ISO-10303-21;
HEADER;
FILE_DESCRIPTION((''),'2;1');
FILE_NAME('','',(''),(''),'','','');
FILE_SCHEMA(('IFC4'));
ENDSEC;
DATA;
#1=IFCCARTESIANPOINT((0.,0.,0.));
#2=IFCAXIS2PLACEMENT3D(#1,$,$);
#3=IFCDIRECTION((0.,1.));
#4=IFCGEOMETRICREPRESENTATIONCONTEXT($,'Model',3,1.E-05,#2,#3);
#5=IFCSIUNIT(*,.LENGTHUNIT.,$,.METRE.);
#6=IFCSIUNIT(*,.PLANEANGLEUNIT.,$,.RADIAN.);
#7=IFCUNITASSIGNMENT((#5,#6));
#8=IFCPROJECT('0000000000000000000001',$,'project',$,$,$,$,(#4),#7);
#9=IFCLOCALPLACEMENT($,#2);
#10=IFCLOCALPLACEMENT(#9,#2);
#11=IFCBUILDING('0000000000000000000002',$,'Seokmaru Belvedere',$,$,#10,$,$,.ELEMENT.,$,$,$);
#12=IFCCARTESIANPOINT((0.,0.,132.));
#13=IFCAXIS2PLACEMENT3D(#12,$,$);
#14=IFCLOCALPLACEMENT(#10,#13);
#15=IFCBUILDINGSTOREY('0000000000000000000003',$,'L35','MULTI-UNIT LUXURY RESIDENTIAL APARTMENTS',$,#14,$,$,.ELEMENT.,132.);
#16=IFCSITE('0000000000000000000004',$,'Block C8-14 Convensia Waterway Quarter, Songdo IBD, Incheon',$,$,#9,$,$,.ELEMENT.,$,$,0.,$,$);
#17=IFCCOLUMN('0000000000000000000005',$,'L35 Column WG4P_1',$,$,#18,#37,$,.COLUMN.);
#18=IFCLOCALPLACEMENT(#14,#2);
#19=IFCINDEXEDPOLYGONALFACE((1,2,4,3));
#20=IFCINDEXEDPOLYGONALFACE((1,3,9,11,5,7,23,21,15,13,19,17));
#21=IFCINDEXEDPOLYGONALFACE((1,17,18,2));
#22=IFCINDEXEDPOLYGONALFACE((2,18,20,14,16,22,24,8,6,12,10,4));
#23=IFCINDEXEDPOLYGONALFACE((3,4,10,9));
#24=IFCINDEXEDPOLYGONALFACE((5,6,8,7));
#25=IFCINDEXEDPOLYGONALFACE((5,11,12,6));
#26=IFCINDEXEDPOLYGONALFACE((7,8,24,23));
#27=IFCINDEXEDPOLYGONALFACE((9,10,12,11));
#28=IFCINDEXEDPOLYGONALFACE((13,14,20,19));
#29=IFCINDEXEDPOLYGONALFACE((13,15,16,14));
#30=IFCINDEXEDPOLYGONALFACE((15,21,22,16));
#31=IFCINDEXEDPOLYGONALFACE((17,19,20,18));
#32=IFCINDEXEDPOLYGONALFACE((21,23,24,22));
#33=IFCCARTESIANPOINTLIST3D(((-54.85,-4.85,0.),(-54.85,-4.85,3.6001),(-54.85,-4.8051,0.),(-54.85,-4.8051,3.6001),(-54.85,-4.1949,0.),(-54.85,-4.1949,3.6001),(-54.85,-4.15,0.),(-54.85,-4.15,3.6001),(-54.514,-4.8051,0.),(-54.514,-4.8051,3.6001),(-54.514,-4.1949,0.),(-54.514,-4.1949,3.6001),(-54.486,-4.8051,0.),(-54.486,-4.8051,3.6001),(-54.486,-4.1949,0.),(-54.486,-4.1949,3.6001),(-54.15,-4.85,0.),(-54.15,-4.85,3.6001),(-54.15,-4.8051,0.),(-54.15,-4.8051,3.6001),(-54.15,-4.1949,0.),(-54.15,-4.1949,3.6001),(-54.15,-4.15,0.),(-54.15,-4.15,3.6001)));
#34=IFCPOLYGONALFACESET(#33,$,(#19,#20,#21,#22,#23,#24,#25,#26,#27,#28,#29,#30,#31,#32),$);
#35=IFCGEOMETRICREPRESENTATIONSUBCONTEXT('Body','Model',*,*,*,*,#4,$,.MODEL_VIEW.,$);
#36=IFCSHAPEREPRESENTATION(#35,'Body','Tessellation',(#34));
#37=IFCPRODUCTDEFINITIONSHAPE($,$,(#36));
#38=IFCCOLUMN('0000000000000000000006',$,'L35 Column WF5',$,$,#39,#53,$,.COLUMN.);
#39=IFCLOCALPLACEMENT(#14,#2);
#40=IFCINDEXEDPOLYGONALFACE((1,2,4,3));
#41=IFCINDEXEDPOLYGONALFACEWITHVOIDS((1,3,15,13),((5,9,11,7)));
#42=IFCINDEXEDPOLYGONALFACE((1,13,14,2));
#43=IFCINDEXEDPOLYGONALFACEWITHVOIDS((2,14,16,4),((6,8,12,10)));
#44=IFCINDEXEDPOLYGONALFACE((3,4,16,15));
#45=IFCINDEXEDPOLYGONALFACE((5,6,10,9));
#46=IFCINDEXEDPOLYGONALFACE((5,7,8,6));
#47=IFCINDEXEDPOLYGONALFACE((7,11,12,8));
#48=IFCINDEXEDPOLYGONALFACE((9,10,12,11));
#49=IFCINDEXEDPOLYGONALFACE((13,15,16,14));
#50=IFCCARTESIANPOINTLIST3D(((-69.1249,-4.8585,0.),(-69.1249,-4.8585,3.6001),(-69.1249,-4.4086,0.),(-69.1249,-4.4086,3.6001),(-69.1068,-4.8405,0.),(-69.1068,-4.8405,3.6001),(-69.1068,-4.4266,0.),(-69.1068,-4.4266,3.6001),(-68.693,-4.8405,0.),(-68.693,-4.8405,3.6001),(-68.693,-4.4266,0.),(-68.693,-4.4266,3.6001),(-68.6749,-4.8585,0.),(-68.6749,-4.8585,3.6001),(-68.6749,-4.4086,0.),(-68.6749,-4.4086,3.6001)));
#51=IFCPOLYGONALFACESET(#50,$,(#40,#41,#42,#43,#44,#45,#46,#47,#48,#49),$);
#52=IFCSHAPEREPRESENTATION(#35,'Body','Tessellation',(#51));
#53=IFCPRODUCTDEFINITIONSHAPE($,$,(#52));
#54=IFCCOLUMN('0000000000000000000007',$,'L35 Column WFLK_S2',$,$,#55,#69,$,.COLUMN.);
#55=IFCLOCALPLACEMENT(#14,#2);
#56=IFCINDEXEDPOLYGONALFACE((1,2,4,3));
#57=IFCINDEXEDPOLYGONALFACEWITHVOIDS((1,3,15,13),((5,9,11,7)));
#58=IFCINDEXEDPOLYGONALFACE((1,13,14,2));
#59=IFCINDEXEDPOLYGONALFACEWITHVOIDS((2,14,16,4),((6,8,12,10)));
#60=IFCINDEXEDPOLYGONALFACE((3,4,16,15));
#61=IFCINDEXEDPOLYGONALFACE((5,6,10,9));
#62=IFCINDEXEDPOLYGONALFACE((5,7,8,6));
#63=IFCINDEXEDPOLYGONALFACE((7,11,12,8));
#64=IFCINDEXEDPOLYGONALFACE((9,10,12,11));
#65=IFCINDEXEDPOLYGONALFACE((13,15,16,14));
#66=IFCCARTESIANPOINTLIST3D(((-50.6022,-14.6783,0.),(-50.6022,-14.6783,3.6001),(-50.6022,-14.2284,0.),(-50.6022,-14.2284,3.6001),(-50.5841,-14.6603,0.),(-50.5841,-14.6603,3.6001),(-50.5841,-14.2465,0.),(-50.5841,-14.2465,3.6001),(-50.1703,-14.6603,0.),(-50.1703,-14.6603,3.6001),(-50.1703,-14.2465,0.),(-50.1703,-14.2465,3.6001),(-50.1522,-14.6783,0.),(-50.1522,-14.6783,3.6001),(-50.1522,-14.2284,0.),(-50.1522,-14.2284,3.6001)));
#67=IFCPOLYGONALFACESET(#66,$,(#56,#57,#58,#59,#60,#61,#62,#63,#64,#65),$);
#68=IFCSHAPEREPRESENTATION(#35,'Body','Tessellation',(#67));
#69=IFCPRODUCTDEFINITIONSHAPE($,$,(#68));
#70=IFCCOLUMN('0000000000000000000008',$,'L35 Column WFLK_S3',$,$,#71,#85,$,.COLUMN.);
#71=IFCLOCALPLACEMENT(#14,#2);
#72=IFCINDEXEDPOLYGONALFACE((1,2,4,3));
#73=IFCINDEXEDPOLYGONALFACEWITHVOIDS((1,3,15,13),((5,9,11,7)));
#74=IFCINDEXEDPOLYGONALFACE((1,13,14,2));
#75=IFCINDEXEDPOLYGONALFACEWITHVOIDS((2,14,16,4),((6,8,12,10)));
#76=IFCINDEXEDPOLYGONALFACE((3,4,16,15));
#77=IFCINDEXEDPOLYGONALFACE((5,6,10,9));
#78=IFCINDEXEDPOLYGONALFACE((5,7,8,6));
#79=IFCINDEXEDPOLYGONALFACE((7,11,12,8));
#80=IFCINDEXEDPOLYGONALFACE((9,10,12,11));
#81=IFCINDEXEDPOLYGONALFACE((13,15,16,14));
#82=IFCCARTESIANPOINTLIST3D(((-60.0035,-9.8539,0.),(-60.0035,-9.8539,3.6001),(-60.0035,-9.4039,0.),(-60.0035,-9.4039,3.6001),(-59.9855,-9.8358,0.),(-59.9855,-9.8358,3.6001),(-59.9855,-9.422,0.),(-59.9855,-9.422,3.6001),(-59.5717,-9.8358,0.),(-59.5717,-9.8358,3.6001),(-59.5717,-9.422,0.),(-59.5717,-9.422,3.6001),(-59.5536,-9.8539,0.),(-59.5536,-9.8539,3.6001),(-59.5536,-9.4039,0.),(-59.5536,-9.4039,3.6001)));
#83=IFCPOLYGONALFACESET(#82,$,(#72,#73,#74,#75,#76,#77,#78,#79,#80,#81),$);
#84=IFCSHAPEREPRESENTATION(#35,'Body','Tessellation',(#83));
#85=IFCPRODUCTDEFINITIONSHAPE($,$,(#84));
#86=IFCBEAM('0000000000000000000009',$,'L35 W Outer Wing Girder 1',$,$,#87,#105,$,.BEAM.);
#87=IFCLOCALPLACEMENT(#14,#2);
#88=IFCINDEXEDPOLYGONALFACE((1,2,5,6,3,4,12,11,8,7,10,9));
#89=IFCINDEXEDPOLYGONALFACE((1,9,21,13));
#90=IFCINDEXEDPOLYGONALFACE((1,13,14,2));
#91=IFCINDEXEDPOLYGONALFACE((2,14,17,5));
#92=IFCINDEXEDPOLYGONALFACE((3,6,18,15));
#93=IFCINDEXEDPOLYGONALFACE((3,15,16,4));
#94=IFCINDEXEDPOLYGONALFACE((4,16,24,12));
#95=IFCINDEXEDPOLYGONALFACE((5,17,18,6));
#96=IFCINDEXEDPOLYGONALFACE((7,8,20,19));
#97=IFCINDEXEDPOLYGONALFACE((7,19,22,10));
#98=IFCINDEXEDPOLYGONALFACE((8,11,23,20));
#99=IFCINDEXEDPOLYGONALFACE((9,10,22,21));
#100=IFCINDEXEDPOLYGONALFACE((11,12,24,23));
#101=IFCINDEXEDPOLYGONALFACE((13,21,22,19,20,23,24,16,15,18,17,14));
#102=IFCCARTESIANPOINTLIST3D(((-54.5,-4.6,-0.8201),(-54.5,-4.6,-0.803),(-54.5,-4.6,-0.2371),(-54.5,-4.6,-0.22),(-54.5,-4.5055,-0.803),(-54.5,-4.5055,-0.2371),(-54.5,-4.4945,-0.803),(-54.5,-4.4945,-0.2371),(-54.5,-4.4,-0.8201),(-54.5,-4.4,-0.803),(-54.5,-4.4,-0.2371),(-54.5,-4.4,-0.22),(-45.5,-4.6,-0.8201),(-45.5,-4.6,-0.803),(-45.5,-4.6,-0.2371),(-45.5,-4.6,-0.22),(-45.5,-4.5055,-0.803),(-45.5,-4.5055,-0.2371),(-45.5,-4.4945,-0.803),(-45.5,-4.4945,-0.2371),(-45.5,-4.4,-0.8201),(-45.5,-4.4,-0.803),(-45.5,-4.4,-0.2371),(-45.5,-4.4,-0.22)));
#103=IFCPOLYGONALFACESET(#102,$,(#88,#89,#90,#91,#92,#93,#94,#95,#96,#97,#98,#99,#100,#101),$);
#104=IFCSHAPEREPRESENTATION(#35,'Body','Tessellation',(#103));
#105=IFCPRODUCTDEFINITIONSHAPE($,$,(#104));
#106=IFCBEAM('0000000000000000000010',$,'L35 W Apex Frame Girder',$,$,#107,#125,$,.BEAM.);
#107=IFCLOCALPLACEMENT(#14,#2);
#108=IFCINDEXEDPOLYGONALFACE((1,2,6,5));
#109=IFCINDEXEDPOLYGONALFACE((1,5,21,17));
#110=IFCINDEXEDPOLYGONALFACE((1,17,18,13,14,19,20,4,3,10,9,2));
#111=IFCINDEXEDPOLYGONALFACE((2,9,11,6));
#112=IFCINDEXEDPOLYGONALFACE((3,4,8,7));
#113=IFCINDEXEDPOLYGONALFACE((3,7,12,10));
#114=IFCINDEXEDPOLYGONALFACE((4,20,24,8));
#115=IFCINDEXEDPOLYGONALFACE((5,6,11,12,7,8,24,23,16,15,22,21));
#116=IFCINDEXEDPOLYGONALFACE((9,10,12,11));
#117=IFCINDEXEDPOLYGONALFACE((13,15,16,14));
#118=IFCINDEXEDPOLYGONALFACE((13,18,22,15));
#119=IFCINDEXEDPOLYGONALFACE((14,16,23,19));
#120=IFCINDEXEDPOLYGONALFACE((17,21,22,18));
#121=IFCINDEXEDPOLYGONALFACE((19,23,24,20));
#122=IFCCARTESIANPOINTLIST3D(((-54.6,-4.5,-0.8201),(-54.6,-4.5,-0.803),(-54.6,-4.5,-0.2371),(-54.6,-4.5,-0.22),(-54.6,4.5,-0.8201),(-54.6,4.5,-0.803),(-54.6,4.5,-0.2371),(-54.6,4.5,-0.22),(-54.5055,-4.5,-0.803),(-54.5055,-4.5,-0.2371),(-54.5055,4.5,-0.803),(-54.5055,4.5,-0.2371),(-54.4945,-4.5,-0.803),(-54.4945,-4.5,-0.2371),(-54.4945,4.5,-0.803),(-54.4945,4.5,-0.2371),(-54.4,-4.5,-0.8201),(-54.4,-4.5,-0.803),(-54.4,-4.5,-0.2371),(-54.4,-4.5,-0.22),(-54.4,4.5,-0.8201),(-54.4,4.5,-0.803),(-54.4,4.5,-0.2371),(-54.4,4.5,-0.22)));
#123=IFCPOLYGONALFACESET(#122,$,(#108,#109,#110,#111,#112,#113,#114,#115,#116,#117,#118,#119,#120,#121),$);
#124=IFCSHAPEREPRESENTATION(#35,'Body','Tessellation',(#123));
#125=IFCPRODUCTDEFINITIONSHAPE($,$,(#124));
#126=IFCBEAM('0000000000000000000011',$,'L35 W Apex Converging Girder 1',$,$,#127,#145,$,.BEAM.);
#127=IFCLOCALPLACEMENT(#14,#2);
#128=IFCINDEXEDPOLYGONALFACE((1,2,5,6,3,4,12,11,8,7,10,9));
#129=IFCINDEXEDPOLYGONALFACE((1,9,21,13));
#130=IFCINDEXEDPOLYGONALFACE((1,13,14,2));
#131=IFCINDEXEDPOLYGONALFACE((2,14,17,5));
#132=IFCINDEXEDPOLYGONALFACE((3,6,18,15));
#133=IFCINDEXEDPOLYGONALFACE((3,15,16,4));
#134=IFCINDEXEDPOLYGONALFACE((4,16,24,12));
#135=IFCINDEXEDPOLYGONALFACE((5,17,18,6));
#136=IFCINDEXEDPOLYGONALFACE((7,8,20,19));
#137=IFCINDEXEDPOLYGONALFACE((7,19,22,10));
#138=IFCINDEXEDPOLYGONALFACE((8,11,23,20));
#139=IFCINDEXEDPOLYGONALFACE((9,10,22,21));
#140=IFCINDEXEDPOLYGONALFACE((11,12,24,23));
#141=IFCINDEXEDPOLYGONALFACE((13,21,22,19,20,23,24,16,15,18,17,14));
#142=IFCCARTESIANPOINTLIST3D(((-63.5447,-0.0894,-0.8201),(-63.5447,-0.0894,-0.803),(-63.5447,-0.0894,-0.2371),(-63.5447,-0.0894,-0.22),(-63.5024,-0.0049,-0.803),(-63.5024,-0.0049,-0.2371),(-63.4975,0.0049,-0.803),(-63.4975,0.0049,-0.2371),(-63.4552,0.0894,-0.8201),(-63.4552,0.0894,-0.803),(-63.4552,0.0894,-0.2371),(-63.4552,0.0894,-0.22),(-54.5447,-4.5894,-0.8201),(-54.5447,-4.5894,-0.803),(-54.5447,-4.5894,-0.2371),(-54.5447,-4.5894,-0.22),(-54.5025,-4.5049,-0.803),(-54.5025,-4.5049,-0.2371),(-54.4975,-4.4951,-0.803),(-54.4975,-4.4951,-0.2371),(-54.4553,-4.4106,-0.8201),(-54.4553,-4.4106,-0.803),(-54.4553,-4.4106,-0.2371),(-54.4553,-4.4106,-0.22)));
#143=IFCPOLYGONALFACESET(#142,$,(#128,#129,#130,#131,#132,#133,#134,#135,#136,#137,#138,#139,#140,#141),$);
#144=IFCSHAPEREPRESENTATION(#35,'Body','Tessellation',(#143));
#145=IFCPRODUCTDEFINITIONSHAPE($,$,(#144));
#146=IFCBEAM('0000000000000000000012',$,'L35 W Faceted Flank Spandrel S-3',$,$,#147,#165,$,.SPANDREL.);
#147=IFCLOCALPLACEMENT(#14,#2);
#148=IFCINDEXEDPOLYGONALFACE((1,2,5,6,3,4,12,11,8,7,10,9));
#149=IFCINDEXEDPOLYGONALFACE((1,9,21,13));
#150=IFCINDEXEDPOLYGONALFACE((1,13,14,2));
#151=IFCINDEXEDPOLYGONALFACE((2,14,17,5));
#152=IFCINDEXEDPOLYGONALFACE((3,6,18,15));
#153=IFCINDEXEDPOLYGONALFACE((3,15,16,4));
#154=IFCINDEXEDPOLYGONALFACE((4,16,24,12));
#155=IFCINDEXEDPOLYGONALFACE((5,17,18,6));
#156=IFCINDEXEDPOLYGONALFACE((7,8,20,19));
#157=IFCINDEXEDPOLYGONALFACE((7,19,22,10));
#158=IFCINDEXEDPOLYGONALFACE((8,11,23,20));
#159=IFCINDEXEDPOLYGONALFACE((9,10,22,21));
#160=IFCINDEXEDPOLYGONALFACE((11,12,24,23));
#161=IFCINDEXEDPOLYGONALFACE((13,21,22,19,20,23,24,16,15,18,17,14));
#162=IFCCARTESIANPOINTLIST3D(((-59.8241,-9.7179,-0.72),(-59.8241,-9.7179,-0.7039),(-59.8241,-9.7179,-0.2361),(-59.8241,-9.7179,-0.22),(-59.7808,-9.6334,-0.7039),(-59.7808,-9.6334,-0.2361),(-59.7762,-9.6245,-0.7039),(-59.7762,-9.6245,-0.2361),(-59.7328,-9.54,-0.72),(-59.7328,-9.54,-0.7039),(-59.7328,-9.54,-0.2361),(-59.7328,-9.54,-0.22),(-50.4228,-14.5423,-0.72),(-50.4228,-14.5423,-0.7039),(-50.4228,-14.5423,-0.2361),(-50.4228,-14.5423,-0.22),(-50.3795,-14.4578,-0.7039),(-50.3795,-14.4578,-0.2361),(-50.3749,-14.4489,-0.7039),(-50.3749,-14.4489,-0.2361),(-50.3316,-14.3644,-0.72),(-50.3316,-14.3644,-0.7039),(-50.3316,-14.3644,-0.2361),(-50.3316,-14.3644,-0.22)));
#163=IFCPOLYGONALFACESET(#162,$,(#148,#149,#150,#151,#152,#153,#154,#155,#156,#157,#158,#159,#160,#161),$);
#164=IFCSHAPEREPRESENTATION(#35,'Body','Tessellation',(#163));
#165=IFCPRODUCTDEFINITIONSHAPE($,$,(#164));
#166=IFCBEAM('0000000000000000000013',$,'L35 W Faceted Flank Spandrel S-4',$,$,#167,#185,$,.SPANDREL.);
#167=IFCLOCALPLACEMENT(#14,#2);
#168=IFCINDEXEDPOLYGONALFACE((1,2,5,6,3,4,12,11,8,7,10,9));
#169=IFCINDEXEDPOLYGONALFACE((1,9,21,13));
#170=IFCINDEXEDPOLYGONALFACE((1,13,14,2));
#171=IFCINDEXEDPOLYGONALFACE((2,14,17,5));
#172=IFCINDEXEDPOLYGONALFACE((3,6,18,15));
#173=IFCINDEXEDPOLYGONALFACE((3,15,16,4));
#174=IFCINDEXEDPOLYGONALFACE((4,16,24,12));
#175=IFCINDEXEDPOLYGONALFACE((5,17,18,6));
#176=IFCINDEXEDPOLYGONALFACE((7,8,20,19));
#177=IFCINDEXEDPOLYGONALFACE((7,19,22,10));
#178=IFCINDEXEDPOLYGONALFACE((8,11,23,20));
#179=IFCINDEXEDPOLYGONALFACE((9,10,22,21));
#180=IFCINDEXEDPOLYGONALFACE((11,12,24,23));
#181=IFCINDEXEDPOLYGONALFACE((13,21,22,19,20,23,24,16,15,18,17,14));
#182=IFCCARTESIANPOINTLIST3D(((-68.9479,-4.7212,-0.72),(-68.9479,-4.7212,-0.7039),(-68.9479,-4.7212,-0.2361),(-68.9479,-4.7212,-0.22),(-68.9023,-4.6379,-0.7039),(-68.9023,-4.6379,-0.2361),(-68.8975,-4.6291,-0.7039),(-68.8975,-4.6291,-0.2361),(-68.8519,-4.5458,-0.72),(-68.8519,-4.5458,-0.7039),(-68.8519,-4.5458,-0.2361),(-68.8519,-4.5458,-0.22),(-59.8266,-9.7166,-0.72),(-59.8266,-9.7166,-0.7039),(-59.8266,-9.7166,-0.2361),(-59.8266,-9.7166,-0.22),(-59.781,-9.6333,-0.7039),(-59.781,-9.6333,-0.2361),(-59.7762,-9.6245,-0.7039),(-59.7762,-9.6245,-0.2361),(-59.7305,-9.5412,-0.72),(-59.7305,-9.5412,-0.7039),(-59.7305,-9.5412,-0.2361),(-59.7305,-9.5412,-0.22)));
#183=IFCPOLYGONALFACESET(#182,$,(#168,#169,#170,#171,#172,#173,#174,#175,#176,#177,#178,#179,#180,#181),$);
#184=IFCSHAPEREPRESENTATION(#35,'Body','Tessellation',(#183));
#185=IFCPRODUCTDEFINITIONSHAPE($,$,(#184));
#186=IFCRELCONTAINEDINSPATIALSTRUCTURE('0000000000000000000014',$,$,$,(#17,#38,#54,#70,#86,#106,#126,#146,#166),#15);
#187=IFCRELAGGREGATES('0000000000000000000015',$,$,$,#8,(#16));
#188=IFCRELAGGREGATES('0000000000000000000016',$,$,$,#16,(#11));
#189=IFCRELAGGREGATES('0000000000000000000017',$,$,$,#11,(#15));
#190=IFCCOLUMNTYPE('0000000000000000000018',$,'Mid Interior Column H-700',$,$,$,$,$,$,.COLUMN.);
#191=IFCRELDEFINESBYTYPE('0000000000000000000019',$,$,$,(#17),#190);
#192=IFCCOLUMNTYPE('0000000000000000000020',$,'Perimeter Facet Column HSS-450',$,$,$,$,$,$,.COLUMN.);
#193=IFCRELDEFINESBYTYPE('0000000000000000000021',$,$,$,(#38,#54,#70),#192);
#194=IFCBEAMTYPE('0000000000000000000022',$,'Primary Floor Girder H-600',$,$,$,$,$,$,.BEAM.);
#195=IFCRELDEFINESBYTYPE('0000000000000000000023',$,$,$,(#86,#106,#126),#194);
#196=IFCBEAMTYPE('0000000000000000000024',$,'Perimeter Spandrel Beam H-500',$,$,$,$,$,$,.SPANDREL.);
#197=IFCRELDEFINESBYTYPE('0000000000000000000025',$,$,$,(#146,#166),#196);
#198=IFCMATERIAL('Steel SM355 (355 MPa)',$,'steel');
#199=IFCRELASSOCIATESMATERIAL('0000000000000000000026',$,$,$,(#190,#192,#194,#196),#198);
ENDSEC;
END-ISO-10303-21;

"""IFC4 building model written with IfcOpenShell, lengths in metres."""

from ifc_helpers import new_model, si_unit, direction, frame, origin, origin_2d, place, context, subcontext, project, spatial, hollow_rectangle, i_section, extrude, source, transform, mapped, material, material_profile, profile_set, type_object, type_shapes, element, save


model = new_model("IFC4")

# Units and contexts
model_context = context("Model", 3, precision=1e-05, world=origin(), true_north=direction((0.0, 1.0)))
body_context = subcontext(model_context, "Body", "Model", "MODEL_VIEW")
ifc_project = project(units=[si_unit("LENGTHUNIT", "METRE"), si_unit("PLANEANGLEUNIT", "RADIAN")], contexts=[model_context])

# Site, building, storey
site_placement = place(None, origin())
site = spatial("IfcSite", under=ifc_project, at=site_placement, Name="Block C8-14 Convensia Waterway Quarter, Songdo IBD, Incheon", CompositionType="ELEMENT", RefElevation=0.0)
building_placement = place(site_placement, origin())
building = spatial("IfcBuilding", under=site, at=building_placement, Name="Seokmaru Belvedere", CompositionType="ELEMENT")
storey_placement = place(building_placement, frame((0.0, 0.0, 132.0)))
storey = spatial("IfcBuildingStorey", under=building, at=storey_placement, Name="L35", Description="MULTI-UNIT LUXURY RESIDENTIAL APARTMENTS", CompositionType="ELEMENT", Elevation=132.0)

# Columns
ifc_material_1 = material(Name="Steel SM355 (355 MPa)", Category="steel")
ifc_material_profile_1 = material_profile(ifc_material_1, i_section(OverallWidth=0.7, OverallDepth=0.7, WebThickness=0.0281, FlangeThickness=0.0449, at=origin_2d()), Name="H-700x700x28x45")
ifc_profile_set_1 = profile_set([ifc_material_profile_1], Name="Steel SM355 (355 MPa)")
column_type_1 = type_object("IfcColumnType", Name="Mid Interior Column H-700", PredefinedType="COLUMN", material=ifc_profile_set_1)
shared_shape_1 = source(origin(), body_context, "Body", "SweptSolid", [
    extrude(i_section(OverallWidth=0.7, OverallDepth=0.7, WebThickness=0.0281, FlangeThickness=0.0449, at=origin_2d()), origin(), (0.0, 0.0, 1.0), 3.6001),
])
type_shapes(column_type_1, [shared_shape_1])
column_placement = place(storey_placement, frame((-54.5, -4.5, 0.0), z_axis=(0.0, 0.0, 1.0), x_axis=(1.0, 0.0, 0.0)))
element("IfcColumn", 1, at=column_placement, inside=storey, type_object=column_type_1, Name="L35 Column WG4P_1", PredefinedType="COLUMN", context=body_context, shape_type="MappedRepresentation", body=[
    mapped(shared_shape_1, transform((0.0, 0.0, 0.0), scale=1.0)),
])
ifc_material_profile_2 = material_profile(ifc_material_1, hollow_rectangle(XDim=0.45, YDim=0.45, WallThickness=0.0181, at=origin_2d()), Name="HSS-450x450x18")
ifc_profile_set_2 = profile_set([ifc_material_profile_2], Name="Steel SM355 (355 MPa)")
column_type_2 = type_object("IfcColumnType", Name="Perimeter Facet Column HSS-450", PredefinedType="COLUMN", material=ifc_profile_set_2)
shared_shape_2 = source(origin(), body_context, "Body", "SweptSolid", [
    extrude(hollow_rectangle(XDim=0.45, YDim=0.45, WallThickness=0.0181, at=origin_2d()), origin(), (0.0, 0.0, 1.0), 3.6001),
])
type_shapes(column_type_2, [shared_shape_2])
for number, where, z_axis, x_axis, name in (
    (2, (-68.8999, -4.6335, 0.0), (0.0, 0.0, 1.0), (1.0, 0.0, 0.0), "L35 Column WF5"),
    (3, (-50.3772, -14.4534, 0.0), (0.0, 0.0, 1.0), (1.0, 0.0, 0.0), "L35 Column WFLK_S2"),
    (4, (-59.7786, -9.6289, 0.0), (0.0, 0.0, 1.0), (1.0, 0.0, 0.0), "L35 Column WFLK_S3"),
):
    element("IfcColumn", number, at=place(storey_placement, frame(where, z_axis=z_axis, x_axis=x_axis)), inside=storey, type_object=column_type_2, Name=name, PredefinedType="COLUMN", context=body_context, shape_type="MappedRepresentation", body=[
        mapped(shared_shape_2, transform((0.0, 0.0, 0.0), scale=1.0)),
    ])

# Beams
ifc_material_profile_3 = material_profile(ifc_material_1, i_section(OverallWidth=0.2, OverallDepth=0.6001, WebThickness=0.011, FlangeThickness=0.0171, at=origin_2d()), Name="H-600x200x11x17")
ifc_profile_set_3 = profile_set([ifc_material_profile_3], Name="Steel SM355 (355 MPa)")
beam_type_1 = type_object("IfcBeamType", Name="Primary Floor Girder H-600", PredefinedType="BEAM", material=ifc_profile_set_3)
shared_shape_3 = source(origin(), body_context, "Body", "SweptSolid", [
    extrude(i_section(OverallWidth=0.2, OverallDepth=0.6001, WebThickness=0.011, FlangeThickness=0.0171, at=origin_2d()), origin(), (0.0, 0.0, 1.0), 9.0),
])
for number, where, z_axis, x_axis, name in (
    (5, (-54.5, -4.5, -0.52), (1.0, 0.0, 0.0), (0.0, 1.0, 0.0), "L35 W Outer Wing Girder 1"),
    (6, (-54.5, -4.5, -0.52), (0.0, 1.0, 0.0), (-1.0, 0.0, 0.0), "L35 W Apex Frame Girder"),
):
    element("IfcBeam", number, at=place(storey_placement, frame(where, z_axis=z_axis, x_axis=x_axis)), inside=storey, type_object=beam_type_1, Name=name, PredefinedType="BEAM", context=body_context, shape_type="MappedRepresentation", body=[
        mapped(shared_shape_3, transform((0.0, 0.0, 0.0), scale=1.0)),
    ])
shared_shape_4 = source(origin(), body_context, "Body", "SweptSolid", [
    extrude(i_section(OverallWidth=0.2, OverallDepth=0.6001, WebThickness=0.011, FlangeThickness=0.0171, at=origin_2d()), origin(), (0.0, 0.0, 1.0), 10.0623),
])
beam_1_placement = place(storey_placement, frame((-54.5, -4.5, -0.52), z_axis=(-0.894427, 0.447214, 0.0), x_axis=(-0.447214, -0.894427, 0.0)))
element("IfcBeam", 7, at=beam_1_placement, inside=storey, type_object=beam_type_1, Name="L35 W Apex Converging Girder 1", PredefinedType="BEAM", context=body_context, shape_type="MappedRepresentation", body=[
    mapped(shared_shape_4, transform((0.0, 0.0, 0.0), scale=1.0)),
])
ifc_material_profile_4 = material_profile(ifc_material_1, i_section(OverallWidth=0.2, OverallDepth=0.5, WebThickness=0.01, FlangeThickness=0.0161, at=origin_2d()), Name="H-500x200x10x16")
ifc_profile_set_4 = profile_set([ifc_material_profile_4], Name="Steel SM355 (355 MPa)")
beam_type_2 = type_object("IfcBeamType", Name="Perimeter Spandrel Beam H-500", PredefinedType="SPANDREL", material=ifc_profile_set_4)
shared_shape_5 = source(origin(), body_context, "Body", "SweptSolid", [
    extrude(i_section(OverallWidth=0.2, OverallDepth=0.5, WebThickness=0.01, FlangeThickness=0.0161, at=origin_2d()), origin(), (0.0, 0.0, 1.0), 10.5669),
])
beam_2_placement = place(storey_placement, frame((-50.3772, -14.4534, -0.47), z_axis=(-0.889693, 0.45656, 0.0), x_axis=(-0.45656, -0.889693, 0.0)))
element("IfcBeam", 8, at=beam_2_placement, inside=storey, type_object=beam_type_2, Name="L35 W Faceted Flank Spandrel S-3", PredefinedType="SPANDREL", context=body_context, shape_type="MappedRepresentation", body=[
    mapped(shared_shape_5, transform((0.0, 0.0, 0.0), scale=1.0)),
])
shared_shape_6 = source(origin(), body_context, "Body", "SweptSolid", [
    extrude(i_section(OverallWidth=0.2, OverallDepth=0.5, WebThickness=0.01, FlangeThickness=0.0161, at=origin_2d()), origin(), (0.0, 0.0, 1.0), 10.3997),
])
beam_3_placement = place(storey_placement, frame((-59.7786, -9.6289, -0.47), z_axis=(-0.877082, 0.48034, 0.0), x_axis=(-0.48034, -0.877082, 0.0)))
element("IfcBeam", 9, at=beam_3_placement, inside=storey, type_object=beam_type_2, Name="L35 W Faceted Flank Spandrel S-4", PredefinedType="SPANDREL", context=body_context, shape_type="MappedRepresentation", body=[
    mapped(shared_shape_6, transform((0.0, 0.0, 0.0), scale=1.0)),
])

save(model, "model.ifc")
